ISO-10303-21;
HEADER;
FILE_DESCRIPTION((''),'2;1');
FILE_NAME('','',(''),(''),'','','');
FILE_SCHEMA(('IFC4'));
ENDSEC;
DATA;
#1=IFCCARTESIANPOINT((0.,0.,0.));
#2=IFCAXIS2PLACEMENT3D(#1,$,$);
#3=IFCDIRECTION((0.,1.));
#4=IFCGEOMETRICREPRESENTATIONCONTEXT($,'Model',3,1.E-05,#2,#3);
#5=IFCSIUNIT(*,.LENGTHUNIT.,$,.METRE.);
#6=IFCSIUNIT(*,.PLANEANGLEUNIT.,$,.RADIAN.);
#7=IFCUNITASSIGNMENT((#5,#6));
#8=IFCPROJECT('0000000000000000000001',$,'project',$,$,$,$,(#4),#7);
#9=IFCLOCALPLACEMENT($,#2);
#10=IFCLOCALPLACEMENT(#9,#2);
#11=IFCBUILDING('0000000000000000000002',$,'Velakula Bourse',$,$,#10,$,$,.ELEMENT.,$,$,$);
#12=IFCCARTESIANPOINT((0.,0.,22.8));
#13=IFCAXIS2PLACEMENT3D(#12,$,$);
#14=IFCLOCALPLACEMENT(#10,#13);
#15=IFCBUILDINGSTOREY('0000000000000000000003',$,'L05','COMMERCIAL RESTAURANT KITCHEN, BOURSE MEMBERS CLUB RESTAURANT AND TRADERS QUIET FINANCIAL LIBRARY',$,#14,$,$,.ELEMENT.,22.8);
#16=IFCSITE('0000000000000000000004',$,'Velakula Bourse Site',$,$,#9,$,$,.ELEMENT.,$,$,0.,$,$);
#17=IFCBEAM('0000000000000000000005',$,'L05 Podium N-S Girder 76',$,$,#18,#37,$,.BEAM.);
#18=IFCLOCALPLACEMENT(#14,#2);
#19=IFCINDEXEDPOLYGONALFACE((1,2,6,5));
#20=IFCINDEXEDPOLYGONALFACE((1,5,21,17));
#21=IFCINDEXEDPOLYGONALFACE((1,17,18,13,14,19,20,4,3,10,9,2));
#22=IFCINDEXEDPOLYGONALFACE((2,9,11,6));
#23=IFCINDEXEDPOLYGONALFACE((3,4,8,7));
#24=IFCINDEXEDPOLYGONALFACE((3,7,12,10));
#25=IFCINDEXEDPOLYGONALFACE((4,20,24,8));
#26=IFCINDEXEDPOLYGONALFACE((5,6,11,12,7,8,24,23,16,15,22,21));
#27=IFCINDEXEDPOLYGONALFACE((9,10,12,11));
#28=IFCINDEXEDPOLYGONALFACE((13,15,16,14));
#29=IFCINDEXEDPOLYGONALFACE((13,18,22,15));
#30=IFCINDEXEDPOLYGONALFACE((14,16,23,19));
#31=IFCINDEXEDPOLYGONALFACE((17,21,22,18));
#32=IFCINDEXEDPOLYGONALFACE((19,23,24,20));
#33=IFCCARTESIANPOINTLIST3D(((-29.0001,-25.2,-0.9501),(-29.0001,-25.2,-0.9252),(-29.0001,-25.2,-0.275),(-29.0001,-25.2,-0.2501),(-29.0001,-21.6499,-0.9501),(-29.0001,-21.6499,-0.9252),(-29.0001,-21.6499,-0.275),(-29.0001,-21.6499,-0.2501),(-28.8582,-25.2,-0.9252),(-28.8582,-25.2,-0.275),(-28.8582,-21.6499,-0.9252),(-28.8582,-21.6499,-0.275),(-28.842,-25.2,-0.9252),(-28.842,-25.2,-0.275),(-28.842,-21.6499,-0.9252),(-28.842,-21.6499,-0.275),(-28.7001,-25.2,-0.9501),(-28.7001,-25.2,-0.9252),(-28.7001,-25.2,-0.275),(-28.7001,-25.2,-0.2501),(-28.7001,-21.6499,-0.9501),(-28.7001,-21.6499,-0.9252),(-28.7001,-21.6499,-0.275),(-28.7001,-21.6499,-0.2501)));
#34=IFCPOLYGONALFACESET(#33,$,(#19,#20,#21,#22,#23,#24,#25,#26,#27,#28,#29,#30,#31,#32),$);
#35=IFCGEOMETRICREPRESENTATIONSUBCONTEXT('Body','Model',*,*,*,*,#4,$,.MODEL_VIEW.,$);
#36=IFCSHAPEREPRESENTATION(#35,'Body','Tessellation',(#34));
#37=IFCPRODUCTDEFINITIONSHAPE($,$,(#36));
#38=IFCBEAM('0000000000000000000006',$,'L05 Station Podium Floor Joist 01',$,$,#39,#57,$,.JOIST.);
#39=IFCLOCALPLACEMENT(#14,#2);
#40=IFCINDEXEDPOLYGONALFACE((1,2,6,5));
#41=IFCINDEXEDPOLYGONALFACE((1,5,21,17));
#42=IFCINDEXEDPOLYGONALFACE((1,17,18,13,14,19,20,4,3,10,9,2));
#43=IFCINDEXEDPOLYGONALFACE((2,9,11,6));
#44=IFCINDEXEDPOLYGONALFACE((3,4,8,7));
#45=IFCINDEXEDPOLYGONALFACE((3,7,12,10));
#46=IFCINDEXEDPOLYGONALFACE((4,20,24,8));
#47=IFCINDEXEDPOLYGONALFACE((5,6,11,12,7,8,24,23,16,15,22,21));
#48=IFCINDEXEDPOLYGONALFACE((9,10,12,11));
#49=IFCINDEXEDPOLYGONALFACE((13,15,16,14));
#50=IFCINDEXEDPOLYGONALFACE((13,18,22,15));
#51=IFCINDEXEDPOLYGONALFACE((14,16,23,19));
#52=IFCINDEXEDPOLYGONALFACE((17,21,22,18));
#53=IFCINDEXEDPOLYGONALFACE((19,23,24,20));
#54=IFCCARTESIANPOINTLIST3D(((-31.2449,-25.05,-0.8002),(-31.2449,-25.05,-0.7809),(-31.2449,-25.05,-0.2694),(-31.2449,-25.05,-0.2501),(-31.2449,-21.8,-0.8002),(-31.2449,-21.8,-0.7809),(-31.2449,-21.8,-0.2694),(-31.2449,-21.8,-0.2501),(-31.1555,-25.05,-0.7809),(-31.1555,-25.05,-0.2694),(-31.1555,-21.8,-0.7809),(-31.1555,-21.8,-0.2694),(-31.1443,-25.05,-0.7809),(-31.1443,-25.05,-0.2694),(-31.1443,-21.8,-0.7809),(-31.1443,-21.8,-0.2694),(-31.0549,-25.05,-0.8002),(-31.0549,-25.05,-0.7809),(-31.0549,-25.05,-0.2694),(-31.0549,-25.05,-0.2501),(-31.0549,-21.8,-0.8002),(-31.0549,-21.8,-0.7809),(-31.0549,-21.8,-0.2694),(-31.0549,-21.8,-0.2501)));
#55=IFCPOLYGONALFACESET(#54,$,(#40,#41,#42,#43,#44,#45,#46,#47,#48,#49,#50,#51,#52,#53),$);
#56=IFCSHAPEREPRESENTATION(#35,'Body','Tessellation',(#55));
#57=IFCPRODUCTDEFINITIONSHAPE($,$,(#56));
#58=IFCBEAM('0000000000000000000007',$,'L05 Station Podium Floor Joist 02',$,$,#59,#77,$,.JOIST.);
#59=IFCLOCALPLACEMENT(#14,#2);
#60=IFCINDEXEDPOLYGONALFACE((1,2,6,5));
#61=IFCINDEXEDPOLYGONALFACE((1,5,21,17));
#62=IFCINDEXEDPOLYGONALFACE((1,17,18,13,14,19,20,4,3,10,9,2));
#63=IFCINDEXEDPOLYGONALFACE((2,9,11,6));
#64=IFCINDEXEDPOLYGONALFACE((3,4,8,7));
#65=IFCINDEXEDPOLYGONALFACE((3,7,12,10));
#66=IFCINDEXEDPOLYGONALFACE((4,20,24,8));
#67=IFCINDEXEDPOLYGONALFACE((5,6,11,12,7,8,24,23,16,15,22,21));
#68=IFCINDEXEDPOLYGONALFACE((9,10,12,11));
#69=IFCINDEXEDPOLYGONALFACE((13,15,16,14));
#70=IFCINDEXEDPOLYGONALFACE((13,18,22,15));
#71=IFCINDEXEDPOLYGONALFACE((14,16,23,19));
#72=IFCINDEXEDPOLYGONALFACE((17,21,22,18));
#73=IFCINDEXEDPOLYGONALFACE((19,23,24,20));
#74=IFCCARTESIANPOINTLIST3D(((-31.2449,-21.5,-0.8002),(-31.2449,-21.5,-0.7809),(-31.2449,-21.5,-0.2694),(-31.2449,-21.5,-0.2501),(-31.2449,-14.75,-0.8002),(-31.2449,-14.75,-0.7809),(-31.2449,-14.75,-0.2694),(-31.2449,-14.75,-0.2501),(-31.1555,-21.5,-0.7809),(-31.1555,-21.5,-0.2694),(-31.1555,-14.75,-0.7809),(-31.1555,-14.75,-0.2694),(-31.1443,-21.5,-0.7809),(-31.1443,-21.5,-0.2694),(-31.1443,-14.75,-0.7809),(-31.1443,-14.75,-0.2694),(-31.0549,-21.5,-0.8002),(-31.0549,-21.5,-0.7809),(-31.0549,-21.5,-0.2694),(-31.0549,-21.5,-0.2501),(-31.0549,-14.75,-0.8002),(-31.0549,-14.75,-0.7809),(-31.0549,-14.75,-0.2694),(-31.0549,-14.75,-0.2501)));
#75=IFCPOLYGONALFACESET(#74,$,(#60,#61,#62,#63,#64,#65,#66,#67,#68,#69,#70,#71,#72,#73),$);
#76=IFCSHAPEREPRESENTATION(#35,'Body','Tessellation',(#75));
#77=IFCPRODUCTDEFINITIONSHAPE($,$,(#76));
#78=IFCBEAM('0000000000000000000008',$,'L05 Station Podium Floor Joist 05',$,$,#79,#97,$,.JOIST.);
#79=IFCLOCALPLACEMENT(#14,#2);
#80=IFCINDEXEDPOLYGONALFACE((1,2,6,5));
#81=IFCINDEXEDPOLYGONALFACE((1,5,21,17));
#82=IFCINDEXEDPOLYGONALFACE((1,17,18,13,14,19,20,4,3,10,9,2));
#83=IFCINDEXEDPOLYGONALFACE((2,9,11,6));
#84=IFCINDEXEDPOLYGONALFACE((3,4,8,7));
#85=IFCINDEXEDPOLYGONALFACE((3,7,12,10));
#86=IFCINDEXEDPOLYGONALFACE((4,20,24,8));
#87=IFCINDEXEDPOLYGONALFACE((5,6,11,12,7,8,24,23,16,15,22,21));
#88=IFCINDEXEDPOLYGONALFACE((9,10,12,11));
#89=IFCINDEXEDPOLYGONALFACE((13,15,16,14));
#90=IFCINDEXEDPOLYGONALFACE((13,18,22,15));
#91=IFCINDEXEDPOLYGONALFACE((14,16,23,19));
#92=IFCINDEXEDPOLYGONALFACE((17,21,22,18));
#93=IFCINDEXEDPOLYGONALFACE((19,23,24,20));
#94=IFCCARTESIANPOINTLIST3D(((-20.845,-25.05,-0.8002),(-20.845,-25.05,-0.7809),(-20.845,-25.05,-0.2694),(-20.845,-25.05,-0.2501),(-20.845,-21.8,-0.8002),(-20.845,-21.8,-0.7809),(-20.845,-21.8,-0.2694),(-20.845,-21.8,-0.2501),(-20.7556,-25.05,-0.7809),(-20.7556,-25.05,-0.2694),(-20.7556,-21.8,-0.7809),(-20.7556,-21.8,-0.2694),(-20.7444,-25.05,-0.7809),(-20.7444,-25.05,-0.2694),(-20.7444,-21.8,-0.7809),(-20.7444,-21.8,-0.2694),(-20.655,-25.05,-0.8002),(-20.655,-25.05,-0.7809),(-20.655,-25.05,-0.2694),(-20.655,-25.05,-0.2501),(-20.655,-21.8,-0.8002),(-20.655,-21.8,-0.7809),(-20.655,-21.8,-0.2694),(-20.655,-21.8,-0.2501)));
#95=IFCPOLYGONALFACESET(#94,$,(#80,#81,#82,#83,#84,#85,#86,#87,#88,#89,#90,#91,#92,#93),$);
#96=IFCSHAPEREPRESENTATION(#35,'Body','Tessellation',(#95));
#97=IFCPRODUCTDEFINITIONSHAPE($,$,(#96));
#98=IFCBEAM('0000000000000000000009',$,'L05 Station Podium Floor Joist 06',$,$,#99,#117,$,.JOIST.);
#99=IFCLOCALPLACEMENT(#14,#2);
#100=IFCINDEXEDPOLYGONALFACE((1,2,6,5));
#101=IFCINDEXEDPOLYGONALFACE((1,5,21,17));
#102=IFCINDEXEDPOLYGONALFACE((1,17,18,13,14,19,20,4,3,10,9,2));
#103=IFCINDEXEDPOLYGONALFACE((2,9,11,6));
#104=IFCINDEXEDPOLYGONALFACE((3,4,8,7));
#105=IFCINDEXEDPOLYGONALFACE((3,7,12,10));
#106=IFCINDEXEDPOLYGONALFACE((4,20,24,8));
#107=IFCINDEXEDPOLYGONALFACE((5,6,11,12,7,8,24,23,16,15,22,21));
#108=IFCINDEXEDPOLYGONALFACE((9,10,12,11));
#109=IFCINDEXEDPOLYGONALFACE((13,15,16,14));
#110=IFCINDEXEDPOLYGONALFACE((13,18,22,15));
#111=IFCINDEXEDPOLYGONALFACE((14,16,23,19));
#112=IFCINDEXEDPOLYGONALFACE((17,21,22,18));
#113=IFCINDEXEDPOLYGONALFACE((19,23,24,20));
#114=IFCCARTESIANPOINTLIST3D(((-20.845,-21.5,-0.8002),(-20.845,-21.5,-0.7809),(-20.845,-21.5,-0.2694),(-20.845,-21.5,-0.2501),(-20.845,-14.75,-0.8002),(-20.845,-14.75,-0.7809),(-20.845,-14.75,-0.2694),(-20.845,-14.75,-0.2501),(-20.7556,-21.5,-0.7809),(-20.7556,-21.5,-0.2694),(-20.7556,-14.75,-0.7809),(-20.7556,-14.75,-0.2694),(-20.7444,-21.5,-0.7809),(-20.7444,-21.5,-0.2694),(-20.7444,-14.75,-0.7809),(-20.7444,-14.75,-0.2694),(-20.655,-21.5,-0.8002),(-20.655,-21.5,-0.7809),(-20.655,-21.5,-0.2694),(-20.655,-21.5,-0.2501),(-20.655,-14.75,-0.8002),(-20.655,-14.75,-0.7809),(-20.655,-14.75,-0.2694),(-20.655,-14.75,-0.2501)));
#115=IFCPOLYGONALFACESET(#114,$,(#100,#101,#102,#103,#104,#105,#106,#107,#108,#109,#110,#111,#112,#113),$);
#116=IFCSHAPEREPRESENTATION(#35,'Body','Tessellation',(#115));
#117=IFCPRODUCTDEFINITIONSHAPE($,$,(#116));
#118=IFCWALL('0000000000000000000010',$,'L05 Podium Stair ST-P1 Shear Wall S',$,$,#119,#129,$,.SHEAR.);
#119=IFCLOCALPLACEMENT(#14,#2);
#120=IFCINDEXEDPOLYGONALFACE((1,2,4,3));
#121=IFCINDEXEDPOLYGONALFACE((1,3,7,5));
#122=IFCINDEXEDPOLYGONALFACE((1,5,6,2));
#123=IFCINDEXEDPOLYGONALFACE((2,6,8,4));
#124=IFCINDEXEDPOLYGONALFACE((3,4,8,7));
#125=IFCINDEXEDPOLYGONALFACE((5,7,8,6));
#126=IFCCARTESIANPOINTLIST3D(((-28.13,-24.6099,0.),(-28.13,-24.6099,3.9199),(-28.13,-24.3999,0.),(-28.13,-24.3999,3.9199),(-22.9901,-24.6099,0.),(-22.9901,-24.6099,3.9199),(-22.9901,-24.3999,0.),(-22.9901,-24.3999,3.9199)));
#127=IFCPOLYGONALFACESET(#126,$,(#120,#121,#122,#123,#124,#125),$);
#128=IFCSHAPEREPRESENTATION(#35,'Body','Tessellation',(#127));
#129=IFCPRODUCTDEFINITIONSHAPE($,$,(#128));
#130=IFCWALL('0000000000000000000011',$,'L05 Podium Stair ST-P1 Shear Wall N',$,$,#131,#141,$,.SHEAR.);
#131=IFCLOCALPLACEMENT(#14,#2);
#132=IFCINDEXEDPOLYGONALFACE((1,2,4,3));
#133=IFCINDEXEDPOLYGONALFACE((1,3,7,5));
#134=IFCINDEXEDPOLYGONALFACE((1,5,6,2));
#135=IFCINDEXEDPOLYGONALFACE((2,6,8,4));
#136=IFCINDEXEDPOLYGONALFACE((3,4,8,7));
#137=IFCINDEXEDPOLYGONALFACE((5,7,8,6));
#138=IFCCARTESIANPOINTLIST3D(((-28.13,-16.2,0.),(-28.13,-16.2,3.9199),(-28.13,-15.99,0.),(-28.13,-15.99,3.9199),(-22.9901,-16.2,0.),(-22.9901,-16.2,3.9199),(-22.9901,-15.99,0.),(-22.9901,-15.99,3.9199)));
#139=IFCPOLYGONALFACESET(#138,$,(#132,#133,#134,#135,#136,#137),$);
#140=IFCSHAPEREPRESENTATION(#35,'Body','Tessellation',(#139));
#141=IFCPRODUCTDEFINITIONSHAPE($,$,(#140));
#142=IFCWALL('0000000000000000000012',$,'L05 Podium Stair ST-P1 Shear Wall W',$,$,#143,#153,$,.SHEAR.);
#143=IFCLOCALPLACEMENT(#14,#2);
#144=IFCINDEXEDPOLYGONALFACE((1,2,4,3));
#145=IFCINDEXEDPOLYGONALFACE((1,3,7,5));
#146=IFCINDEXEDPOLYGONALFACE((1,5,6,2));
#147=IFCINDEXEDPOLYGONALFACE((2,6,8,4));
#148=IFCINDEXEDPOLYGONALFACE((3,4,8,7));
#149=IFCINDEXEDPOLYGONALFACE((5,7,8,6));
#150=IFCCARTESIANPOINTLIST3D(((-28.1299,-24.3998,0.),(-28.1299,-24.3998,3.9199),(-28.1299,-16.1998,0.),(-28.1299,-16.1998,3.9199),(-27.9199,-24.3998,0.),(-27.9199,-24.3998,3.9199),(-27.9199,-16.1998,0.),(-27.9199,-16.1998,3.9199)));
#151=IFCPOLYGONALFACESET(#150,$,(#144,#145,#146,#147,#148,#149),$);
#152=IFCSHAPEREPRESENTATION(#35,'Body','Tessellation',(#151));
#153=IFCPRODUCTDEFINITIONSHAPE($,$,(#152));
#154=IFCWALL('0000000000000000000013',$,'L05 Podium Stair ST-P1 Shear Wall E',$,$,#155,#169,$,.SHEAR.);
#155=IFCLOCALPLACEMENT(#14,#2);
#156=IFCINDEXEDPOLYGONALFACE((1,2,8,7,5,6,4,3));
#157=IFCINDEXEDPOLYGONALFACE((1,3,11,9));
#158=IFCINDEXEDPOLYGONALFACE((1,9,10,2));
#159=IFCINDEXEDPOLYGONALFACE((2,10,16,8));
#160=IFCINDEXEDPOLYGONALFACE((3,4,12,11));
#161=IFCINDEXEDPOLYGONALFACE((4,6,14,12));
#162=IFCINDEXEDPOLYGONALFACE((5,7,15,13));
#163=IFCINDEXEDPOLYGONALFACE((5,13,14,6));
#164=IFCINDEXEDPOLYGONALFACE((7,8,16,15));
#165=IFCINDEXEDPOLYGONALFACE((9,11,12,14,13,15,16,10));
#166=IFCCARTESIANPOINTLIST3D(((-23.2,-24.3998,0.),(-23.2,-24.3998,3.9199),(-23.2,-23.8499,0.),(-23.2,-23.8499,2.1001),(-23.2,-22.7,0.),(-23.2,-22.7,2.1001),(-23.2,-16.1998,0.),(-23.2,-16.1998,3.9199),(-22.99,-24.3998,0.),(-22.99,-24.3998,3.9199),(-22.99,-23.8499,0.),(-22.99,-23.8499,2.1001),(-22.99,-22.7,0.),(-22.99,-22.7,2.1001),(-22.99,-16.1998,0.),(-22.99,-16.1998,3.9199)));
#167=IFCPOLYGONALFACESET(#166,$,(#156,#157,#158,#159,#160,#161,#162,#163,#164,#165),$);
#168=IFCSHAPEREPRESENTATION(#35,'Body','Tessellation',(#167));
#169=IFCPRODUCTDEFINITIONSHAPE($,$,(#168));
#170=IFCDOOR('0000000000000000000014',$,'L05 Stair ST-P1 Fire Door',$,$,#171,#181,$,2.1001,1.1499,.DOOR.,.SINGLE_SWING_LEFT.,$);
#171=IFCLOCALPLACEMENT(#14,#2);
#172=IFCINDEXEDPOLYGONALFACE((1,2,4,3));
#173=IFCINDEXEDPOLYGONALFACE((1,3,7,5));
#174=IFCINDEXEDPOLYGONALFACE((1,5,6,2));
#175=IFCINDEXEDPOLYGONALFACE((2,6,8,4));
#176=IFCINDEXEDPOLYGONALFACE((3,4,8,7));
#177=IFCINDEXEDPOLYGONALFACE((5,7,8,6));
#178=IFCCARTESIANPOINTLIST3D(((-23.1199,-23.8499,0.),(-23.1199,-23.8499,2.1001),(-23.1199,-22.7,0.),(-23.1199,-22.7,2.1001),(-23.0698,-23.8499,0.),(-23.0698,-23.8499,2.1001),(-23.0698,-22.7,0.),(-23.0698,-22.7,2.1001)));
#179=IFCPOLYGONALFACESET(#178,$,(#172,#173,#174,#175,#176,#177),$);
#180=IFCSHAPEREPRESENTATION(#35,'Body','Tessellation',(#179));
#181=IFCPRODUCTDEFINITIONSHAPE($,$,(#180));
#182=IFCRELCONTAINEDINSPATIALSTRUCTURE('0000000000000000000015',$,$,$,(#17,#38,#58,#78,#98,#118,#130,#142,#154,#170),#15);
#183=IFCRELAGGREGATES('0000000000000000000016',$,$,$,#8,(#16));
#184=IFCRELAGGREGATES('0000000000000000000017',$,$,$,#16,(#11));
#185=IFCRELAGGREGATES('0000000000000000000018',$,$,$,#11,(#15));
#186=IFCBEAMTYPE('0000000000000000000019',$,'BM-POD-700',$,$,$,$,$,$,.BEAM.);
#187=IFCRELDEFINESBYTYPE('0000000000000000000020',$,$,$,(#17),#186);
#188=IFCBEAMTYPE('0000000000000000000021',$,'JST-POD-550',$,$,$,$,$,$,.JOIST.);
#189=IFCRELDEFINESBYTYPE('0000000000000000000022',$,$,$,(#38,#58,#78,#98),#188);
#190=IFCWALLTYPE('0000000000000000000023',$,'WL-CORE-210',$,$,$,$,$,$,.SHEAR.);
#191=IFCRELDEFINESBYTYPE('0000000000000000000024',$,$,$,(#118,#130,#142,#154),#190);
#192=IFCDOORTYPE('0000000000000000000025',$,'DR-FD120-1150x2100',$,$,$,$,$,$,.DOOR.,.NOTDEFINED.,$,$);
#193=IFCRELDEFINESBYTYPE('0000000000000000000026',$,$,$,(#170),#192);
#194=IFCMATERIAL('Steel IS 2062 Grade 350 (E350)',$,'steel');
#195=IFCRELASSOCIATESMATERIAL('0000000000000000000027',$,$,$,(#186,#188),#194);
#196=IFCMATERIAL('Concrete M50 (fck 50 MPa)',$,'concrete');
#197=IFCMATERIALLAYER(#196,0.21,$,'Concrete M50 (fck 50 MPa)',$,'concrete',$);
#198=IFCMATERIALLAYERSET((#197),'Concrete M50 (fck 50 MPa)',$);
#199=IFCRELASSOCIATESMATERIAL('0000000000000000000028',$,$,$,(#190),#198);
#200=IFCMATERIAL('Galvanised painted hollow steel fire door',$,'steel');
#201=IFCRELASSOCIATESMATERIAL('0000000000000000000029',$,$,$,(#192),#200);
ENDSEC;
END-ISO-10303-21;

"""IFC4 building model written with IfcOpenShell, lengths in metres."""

from ifc_helpers import new_model, si_unit, direction, frame, frame_2d, origin, origin_2d, place, context, subcontext, project, spatial, rectangle, i_section, extrude, material, layer, layer_set, material_profile, profile_set, type_object, element, fill, save


model = new_model("IFC4")

# Units and contexts
model_context = context("Model", 3, precision=1e-05, world=origin(), true_north=direction((0.0, 1.0)))
body_context = subcontext(model_context, "Body", "Model", "MODEL_VIEW")
ifc_project = project(units=[si_unit("LENGTHUNIT", "METRE"), si_unit("PLANEANGLEUNIT", "RADIAN")], contexts=[model_context])

# Site, building, storey
site_placement = place(None, origin())
site = spatial("IfcSite", under=ifc_project, at=site_placement, Name="Velakula Bourse Site", CompositionType="ELEMENT", RefElevation=0.0)
building_placement = place(site_placement, origin())
building = spatial("IfcBuilding", under=site, at=building_placement, Name="Velakula Bourse", CompositionType="ELEMENT")
storey_placement = place(building_placement, frame((0.0, 0.0, 22.8)))
storey = spatial("IfcBuildingStorey", under=building, at=storey_placement, Name="L05", Description="COMMERCIAL RESTAURANT KITCHEN, BOURSE MEMBERS CLUB RESTAURANT AND TRADERS QUIET FINANCIAL LIBRARY", CompositionType="ELEMENT", Elevation=22.8)

# Beams
ifc_material_1 = material(Name="Steel IS 2062 Grade 350 (E350)", Category="steel")
ifc_material_profile_1 = material_profile(ifc_material_1, i_section(OverallWidth=0.3, OverallDepth=0.7, WebThickness=0.0161, FlangeThickness=0.0249, at=origin_2d()), Name="Steel IS 2062 Grade 350 (E350)")
ifc_profile_set_1 = profile_set([ifc_material_profile_1], Name="Steel IS 2062 Grade 350 (E350)")
beam_type_1 = type_object("IfcBeamType", Name="BM-POD-700", PredefinedType="BEAM", material=ifc_profile_set_1)
for number, where, z_axis, x_axis, name in (
    (1, (-28.8501, -25.2, -0.6001), (0.0, 1.0, 0.0), (-1.0, 0.0, 0.0), "L05 Podium N-S Girder 76"),
):
    element("IfcBeam", number, at=place(storey_placement, frame(where, z_axis=z_axis, x_axis=x_axis)), inside=storey, type_object=beam_type_1, Name=name, PredefinedType="BEAM", context=body_context, shape_type="SweptSolid", body=[
        extrude(i_section(OverallWidth=0.3, OverallDepth=0.7, WebThickness=0.0161, FlangeThickness=0.0249, at=origin_2d()), origin(), (0.0, 0.0, 1.0), 3.55),
    ])
ifc_material_profile_2 = material_profile(ifc_material_1, i_section(OverallWidth=0.1899, OverallDepth=0.55, WebThickness=0.0112, FlangeThickness=0.0193, at=origin_2d()), Name="Steel IS 2062 Grade 350 (E350)")
ifc_profile_set_2 = profile_set([ifc_material_profile_2], Name="Steel IS 2062 Grade 350 (E350)")
beam_type_2 = type_object("IfcBeamType", Name="JST-POD-550", PredefinedType="JOIST", material=ifc_profile_set_2)
beam_1_placement = place(storey_placement, frame((-31.1499, -25.05, -0.5251), z_axis=(0.0, 1.0, 0.0), x_axis=(-1.0, 0.0, 0.0)))
element("IfcBeam", 2, at=beam_1_placement, inside=storey, type_object=beam_type_2, Name="L05 Station Podium Floor Joist 01", PredefinedType="JOIST", context=body_context, shape_type="SweptSolid", body=[
    extrude(i_section(OverallWidth=0.1899, OverallDepth=0.55, WebThickness=0.0112, FlangeThickness=0.0193, at=origin_2d()), origin(), (0.0, 0.0, 1.0), 3.25),
])
beam_2_placement = place(storey_placement, frame((-31.1499, -21.5, -0.5251), z_axis=(0.0, 1.0, 0.0), x_axis=(-1.0, 0.0, 0.0)))
element("IfcBeam", 3, at=beam_2_placement, inside=storey, type_object=beam_type_2, Name="L05 Station Podium Floor Joist 02", PredefinedType="JOIST", context=body_context, shape_type="SweptSolid", body=[
    extrude(i_section(OverallWidth=0.1899, OverallDepth=0.55, WebThickness=0.0112, FlangeThickness=0.0193, at=origin_2d()), origin(), (0.0, 0.0, 1.0), 6.75),
])
beam_3_placement = place(storey_placement, frame((-20.75, -25.05, -0.5251), z_axis=(0.0, 1.0, 0.0), x_axis=(-1.0, 0.0, 0.0)))
element("IfcBeam", 4, at=beam_3_placement, inside=storey, type_object=beam_type_2, Name="L05 Station Podium Floor Joist 05", PredefinedType="JOIST", context=body_context, shape_type="SweptSolid", body=[
    extrude(i_section(OverallWidth=0.1899, OverallDepth=0.55, WebThickness=0.0112, FlangeThickness=0.0193, at=origin_2d()), origin(), (0.0, 0.0, 1.0), 3.25),
])
beam_4_placement = place(storey_placement, frame((-20.75, -21.5, -0.5251), z_axis=(0.0, 1.0, 0.0), x_axis=(-1.0, 0.0, 0.0)))
element("IfcBeam", 5, at=beam_4_placement, inside=storey, type_object=beam_type_2, Name="L05 Station Podium Floor Joist 06", PredefinedType="JOIST", context=body_context, shape_type="SweptSolid", body=[
    extrude(i_section(OverallWidth=0.1899, OverallDepth=0.55, WebThickness=0.0112, FlangeThickness=0.0193, at=origin_2d()), origin(), (0.0, 0.0, 1.0), 6.75),
])

# Walls
ifc_material_2 = material(Name="Concrete M50 (fck 50 MPa)", Category="concrete")
ifc_layer_1 = layer(ifc_material_2, 0.21, Name="Concrete M50 (fck 50 MPa)", Category="concrete")
ifc_layer_set_1 = layer_set([ifc_layer_1], Name="Concrete M50 (fck 50 MPa)")
wall_type_1 = type_object("IfcWallType", Name="WL-CORE-210", PredefinedType="SHEAR", material=ifc_layer_set_1)
for number, where, z_axis, x_axis, name in (
    (6, (-28.1299, -24.5049, 0.0), (0.0, 0.0, 1.0), (1.0, 0.0, 0.0), "L05 Podium Stair ST-P1 Shear Wall S"),
    (7, (-28.1299, -16.095, 0.0), (0.0, 0.0, 1.0), (1.0, 0.0, 0.0), "L05 Podium Stair ST-P1 Shear Wall N"),
):
    element("IfcWall", number, at=place(storey_placement, frame(where, z_axis=z_axis, x_axis=x_axis)), inside=storey, type_object=wall_type_1, Name=name, PredefinedType="SHEAR", context=body_context, shape_type="SweptSolid", body=[
        extrude(rectangle(XDim=5.1399, YDim=0.21, at=frame_2d((2.5698, 0.0))), origin(), (0.0, 0.0, 1.0), 3.9199),
    ])
wall_1_placement = place(storey_placement, frame((-28.0249, -24.3999, 0.0), z_axis=(0.0, 0.0, 1.0), x_axis=(0.0, 1.0, 0.0)))
element("IfcWall", 8, at=wall_1_placement, inside=storey, type_object=wall_type_1, Name="L05 Podium Stair ST-P1 Shear Wall W", PredefinedType="SHEAR", context=body_context, shape_type="SweptSolid", body=[
    extrude(rectangle(XDim=8.2, YDim=0.21, at=frame_2d((4.1001, 0.0))), origin(), (0.0, 0.0, 1.0), 3.9199),
])

# Wall, opening, door
wall_2_placement = place(storey_placement, frame((-23.095, -24.3999, 0.0), z_axis=(0.0, 0.0, 1.0), x_axis=(0.0, 1.0, 0.0)))
wall_2 = element("IfcWall", 9, at=wall_2_placement, inside=storey, type_object=wall_type_1, Name="L05 Podium Stair ST-P1 Shear Wall E", PredefinedType="SHEAR", context=body_context, shape_type="SweptSolid", body=[
    extrude(rectangle(XDim=8.2, YDim=0.21, at=frame_2d((4.1001, 0.0))), origin(), (0.0, 0.0, 1.0), 3.9199),
])
opening_1_placement = place(wall_2_placement, frame((0.55, 0.0, 0.0)))
opening_1 = element("IfcOpeningElement", 10, at=opening_1_placement, cuts=wall_2, PredefinedType="OPENING", context=body_context, shape_type="SweptSolid", body=[
    extrude(rectangle(XDim=1.1499, YDim=2.1001, at=frame_2d((0.575, 1.05))), frame((0.0, 0.115, 0.0), z_axis=(0.0, -1.0, 0.0), x_axis=(1.0, 0.0, 0.0)), (0.0, 0.0, 1.0), 0.23),
])
ifc_material_3 = material(Name="Galvanised painted hollow steel fire door", Category="steel")
door_type = type_object("IfcDoorType", Name="DR-FD120-1150x2100", OperationType="NOTDEFINED", PredefinedType="DOOR", material=ifc_material_3)
door_placement = place(opening_1_placement, origin())
door = element("IfcDoor", 11, at=door_placement, inside=storey, type_object=door_type, Name="L05 Stair ST-P1 Fire Door", OperationType="SINGLE_SWING_LEFT", OverallHeight=2.1001, OverallWidth=1.1499, PredefinedType="DOOR", context=body_context, shape_type="SweptSolid", body=[
    extrude(rectangle(XDim=1.1499, YDim=2.1001, at=frame_2d((0.575, 1.05))), frame((0.0, 0.0249, 0.0), z_axis=(0.0, -1.0, 0.0), x_axis=(1.0, 0.0, 0.0)), (0.0, 0.0, 1.0), 0.05),
])
fill(opening_1, door)

save(model, "model.ifc")
